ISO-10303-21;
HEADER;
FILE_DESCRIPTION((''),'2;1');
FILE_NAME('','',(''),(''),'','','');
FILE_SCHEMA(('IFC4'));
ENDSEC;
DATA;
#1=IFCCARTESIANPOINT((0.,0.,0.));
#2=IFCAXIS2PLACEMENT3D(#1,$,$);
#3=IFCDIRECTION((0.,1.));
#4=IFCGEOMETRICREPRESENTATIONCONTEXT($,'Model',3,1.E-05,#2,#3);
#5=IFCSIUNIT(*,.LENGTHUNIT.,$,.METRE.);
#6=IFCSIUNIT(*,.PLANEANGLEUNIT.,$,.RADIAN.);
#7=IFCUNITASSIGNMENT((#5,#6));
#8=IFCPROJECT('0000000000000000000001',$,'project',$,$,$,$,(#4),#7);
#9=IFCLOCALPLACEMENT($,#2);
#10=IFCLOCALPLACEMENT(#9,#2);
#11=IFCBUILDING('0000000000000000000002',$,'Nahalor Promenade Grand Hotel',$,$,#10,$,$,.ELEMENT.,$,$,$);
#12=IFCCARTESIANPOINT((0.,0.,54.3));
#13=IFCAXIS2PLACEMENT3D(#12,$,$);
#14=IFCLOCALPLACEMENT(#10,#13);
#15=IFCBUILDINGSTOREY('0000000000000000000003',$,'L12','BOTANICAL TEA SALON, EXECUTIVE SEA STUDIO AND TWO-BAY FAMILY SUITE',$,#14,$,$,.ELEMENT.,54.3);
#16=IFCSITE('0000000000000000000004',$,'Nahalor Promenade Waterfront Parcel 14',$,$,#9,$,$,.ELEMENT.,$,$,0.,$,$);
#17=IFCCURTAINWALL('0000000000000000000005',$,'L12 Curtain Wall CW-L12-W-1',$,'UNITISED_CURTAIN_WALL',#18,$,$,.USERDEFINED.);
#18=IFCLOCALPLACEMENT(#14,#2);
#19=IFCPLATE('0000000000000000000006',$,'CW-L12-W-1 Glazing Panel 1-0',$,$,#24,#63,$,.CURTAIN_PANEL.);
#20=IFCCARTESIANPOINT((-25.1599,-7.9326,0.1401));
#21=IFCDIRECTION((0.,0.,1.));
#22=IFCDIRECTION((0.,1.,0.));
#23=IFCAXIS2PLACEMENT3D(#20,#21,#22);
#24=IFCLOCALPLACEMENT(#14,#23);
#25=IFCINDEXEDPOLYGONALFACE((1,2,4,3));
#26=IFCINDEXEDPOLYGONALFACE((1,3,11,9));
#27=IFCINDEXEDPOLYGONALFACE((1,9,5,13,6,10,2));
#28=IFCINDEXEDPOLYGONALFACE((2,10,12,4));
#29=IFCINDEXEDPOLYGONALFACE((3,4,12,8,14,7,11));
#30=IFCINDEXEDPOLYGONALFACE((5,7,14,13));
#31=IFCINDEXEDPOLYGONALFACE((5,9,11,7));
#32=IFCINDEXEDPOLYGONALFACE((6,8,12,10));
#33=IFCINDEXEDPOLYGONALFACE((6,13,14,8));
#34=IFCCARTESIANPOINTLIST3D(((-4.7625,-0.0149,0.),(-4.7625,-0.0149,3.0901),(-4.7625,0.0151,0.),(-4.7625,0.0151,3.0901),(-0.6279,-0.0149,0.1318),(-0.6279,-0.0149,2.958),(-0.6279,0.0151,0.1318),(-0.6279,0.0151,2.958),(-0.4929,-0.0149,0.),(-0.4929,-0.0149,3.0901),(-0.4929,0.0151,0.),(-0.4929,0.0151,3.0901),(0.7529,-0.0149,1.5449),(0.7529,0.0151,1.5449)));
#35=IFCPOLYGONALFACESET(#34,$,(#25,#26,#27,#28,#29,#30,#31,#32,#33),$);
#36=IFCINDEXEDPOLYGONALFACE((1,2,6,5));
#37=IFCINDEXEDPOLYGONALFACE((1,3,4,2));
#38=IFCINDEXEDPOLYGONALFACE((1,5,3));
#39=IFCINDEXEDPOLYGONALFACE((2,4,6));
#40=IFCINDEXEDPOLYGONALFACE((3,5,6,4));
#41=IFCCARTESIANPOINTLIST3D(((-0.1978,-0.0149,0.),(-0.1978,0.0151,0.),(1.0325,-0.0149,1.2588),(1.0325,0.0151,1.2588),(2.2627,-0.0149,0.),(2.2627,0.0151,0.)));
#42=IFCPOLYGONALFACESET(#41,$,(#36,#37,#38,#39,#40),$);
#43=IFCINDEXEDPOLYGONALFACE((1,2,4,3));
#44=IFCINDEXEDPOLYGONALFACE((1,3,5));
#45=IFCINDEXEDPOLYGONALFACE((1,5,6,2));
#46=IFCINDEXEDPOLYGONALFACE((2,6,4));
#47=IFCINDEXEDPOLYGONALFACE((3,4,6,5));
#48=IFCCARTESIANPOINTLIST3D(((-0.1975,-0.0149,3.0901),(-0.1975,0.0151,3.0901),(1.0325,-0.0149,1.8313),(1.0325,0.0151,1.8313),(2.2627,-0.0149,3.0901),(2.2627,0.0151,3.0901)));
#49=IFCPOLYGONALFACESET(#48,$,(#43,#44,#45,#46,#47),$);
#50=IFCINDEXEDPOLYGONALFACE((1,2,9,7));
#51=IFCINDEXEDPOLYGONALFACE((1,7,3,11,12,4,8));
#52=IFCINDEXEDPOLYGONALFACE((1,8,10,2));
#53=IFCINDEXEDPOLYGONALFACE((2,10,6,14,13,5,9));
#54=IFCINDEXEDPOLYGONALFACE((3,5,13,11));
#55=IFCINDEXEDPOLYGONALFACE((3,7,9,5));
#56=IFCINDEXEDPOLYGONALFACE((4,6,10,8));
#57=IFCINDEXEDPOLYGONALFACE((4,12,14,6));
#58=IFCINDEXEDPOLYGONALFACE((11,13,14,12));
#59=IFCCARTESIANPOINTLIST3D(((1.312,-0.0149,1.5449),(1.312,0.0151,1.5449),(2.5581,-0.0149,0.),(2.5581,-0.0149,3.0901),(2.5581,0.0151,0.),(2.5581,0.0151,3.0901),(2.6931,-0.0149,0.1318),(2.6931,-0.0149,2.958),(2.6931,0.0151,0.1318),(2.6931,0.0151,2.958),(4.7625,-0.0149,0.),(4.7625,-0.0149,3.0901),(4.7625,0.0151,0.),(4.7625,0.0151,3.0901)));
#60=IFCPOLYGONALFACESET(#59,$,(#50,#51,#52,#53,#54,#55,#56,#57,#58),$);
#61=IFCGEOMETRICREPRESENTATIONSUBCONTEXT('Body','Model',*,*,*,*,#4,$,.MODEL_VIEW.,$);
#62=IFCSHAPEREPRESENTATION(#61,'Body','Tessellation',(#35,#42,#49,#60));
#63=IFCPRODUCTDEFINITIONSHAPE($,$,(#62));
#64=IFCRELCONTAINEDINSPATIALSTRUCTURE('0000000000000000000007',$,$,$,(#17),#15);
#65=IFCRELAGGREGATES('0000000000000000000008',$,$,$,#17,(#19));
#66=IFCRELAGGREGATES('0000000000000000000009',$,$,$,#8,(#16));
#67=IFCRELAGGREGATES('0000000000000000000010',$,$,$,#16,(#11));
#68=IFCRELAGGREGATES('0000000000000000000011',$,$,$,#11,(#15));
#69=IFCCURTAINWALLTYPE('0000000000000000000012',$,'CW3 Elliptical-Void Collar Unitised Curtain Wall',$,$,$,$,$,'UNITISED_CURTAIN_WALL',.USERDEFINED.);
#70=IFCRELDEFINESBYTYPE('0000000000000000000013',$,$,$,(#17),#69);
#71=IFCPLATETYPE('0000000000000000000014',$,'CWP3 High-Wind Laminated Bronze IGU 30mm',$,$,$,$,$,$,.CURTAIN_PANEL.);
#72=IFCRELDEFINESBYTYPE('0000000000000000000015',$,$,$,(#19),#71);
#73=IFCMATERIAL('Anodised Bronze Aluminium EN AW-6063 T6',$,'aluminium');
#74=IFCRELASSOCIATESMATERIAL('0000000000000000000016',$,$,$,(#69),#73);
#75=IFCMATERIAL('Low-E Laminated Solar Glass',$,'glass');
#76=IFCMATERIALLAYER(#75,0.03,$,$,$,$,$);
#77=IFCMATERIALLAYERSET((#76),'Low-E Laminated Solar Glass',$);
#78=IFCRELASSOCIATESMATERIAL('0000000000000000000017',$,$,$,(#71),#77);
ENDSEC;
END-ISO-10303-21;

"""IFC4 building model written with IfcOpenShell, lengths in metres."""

from ifc_helpers import new_model, si_unit, direction, frame, origin, place, context, subcontext, project, spatial, polyline, outline, extrude, material, layer, layer_set, type_object, element, aggregate, save


model = new_model("IFC4")

# Units and contexts
model_context = context("Model", 3, precision=1e-05, world=origin(), true_north=direction((0.0, 1.0)))
body_context = subcontext(model_context, "Body", "Model", "MODEL_VIEW")
ifc_project = project(units=[si_unit("LENGTHUNIT", "METRE"), si_unit("PLANEANGLEUNIT", "RADIAN")], contexts=[model_context])

# Site, building, storey
site_placement = place(None, origin())
site = spatial("IfcSite", under=ifc_project, at=site_placement, Name="Nahalor Promenade Waterfront Parcel 14", CompositionType="ELEMENT", RefElevation=0.0)
building_placement = place(site_placement, origin())
building = spatial("IfcBuilding", under=site, at=building_placement, Name="Nahalor Promenade Grand Hotel", CompositionType="ELEMENT")
storey_placement = place(building_placement, frame((0.0, 0.0, 54.3)))
storey = spatial("IfcBuildingStorey", under=building, at=storey_placement, Name="L12", Description="BOTANICAL TEA SALON, EXECUTIVE SEA STUDIO AND TWO-BAY FAMILY SUITE", CompositionType="ELEMENT", Elevation=54.3)

# Curtain wall
ifc_material_1 = material(Name="Anodised Bronze Aluminium EN AW-6063 T6", Category="aluminium")
curtain_wall_type = type_object("IfcCurtainWallType", Name="CW3 Elliptical-Void Collar Unitised Curtain Wall", ElementType="UNITISED_CURTAIN_WALL", PredefinedType="USERDEFINED", material=ifc_material_1)
curtain_wall_1_placement = place(storey_placement, origin())
curtain_wall_1 = element("IfcCurtainWall", 1, at=curtain_wall_1_placement, inside=storey, type_object=curtain_wall_type, Name="L12 Curtain Wall CW-L12-W-1", ObjectType="UNITISED_CURTAIN_WALL", PredefinedType="USERDEFINED")

# Plate
ifc_material_2 = material(Name="Low-E Laminated Solar Glass", Category="glass")
ifc_layer_1 = layer(ifc_material_2, 0.03)
ifc_layer_set_1 = layer_set([ifc_layer_1], Name="Low-E Laminated Solar Glass")
plate_type_1 = type_object("IfcPlateType", Name="CWP3 High-Wind Laminated Bronze IGU 30mm", PredefinedType="CURTAIN_PANEL", material=ifc_layer_set_1)
plate_1_placement = place(storey_placement, frame((-25.1599, -7.9326, 0.1401), z_axis=(0.0, 0.0, 1.0), x_axis=(0.0, 1.0, 0.0)))
plate_1 = element("IfcPlate", 2, at=plate_1_placement, type_object=plate_type_1, Name="CW-L12-W-1 Glazing Panel 1-0", PredefinedType="CURTAIN_PANEL", context=body_context, shape_type="SweptSolid", body=[
    extrude(outline(polyline([(-4.7625, 3.0901), (-4.7625, 0.0), (-0.4929, 0.0), (-0.6279, 0.1318), (0.7529, 1.5449), (-0.6279, 2.958), (-0.4929, 3.0901), (-4.7625, 3.0901)])), frame((0.0, 0.0151, 0.0), z_axis=(0.0, -1.0, 0.0), x_axis=(1.0, 0.0, 0.0)), (0.0, 0.0, 1.0), 0.03),
    extrude(outline(polyline([(1.0325, 1.2588), (-0.1978, 0.0), (2.2627, 0.0), (1.0325, 1.2588)])), frame((0.0, 0.0151, 0.0), z_axis=(0.0, -1.0, 0.0), x_axis=(1.0, 0.0, 0.0)), (0.0, 0.0, 1.0), 0.03),
    extrude(outline(polyline([(1.0325, 1.8313), (2.2627, 3.0901), (-0.1975, 3.0901), (1.0325, 1.8313)])), frame((0.0, 0.0151, 0.0), z_axis=(0.0, -1.0, 0.0), x_axis=(1.0, 0.0, 0.0)), (0.0, 0.0, 1.0), 0.03),
    extrude(outline(polyline([(4.7625, 0.0), (4.7625, 3.0901), (2.5581, 3.0901), (2.6931, 2.958), (1.312, 1.5449), (2.6931, 0.1318), (2.5581, 0.0), (4.7625, 0.0)])), frame((0.0, 0.0151, 0.0), z_axis=(0.0, -1.0, 0.0), x_axis=(1.0, 0.0, 0.0)), (0.0, 0.0, 1.0), 0.03),
])
aggregate(curtain_wall_1, [plate_1])

save(model, "model.ifc")
